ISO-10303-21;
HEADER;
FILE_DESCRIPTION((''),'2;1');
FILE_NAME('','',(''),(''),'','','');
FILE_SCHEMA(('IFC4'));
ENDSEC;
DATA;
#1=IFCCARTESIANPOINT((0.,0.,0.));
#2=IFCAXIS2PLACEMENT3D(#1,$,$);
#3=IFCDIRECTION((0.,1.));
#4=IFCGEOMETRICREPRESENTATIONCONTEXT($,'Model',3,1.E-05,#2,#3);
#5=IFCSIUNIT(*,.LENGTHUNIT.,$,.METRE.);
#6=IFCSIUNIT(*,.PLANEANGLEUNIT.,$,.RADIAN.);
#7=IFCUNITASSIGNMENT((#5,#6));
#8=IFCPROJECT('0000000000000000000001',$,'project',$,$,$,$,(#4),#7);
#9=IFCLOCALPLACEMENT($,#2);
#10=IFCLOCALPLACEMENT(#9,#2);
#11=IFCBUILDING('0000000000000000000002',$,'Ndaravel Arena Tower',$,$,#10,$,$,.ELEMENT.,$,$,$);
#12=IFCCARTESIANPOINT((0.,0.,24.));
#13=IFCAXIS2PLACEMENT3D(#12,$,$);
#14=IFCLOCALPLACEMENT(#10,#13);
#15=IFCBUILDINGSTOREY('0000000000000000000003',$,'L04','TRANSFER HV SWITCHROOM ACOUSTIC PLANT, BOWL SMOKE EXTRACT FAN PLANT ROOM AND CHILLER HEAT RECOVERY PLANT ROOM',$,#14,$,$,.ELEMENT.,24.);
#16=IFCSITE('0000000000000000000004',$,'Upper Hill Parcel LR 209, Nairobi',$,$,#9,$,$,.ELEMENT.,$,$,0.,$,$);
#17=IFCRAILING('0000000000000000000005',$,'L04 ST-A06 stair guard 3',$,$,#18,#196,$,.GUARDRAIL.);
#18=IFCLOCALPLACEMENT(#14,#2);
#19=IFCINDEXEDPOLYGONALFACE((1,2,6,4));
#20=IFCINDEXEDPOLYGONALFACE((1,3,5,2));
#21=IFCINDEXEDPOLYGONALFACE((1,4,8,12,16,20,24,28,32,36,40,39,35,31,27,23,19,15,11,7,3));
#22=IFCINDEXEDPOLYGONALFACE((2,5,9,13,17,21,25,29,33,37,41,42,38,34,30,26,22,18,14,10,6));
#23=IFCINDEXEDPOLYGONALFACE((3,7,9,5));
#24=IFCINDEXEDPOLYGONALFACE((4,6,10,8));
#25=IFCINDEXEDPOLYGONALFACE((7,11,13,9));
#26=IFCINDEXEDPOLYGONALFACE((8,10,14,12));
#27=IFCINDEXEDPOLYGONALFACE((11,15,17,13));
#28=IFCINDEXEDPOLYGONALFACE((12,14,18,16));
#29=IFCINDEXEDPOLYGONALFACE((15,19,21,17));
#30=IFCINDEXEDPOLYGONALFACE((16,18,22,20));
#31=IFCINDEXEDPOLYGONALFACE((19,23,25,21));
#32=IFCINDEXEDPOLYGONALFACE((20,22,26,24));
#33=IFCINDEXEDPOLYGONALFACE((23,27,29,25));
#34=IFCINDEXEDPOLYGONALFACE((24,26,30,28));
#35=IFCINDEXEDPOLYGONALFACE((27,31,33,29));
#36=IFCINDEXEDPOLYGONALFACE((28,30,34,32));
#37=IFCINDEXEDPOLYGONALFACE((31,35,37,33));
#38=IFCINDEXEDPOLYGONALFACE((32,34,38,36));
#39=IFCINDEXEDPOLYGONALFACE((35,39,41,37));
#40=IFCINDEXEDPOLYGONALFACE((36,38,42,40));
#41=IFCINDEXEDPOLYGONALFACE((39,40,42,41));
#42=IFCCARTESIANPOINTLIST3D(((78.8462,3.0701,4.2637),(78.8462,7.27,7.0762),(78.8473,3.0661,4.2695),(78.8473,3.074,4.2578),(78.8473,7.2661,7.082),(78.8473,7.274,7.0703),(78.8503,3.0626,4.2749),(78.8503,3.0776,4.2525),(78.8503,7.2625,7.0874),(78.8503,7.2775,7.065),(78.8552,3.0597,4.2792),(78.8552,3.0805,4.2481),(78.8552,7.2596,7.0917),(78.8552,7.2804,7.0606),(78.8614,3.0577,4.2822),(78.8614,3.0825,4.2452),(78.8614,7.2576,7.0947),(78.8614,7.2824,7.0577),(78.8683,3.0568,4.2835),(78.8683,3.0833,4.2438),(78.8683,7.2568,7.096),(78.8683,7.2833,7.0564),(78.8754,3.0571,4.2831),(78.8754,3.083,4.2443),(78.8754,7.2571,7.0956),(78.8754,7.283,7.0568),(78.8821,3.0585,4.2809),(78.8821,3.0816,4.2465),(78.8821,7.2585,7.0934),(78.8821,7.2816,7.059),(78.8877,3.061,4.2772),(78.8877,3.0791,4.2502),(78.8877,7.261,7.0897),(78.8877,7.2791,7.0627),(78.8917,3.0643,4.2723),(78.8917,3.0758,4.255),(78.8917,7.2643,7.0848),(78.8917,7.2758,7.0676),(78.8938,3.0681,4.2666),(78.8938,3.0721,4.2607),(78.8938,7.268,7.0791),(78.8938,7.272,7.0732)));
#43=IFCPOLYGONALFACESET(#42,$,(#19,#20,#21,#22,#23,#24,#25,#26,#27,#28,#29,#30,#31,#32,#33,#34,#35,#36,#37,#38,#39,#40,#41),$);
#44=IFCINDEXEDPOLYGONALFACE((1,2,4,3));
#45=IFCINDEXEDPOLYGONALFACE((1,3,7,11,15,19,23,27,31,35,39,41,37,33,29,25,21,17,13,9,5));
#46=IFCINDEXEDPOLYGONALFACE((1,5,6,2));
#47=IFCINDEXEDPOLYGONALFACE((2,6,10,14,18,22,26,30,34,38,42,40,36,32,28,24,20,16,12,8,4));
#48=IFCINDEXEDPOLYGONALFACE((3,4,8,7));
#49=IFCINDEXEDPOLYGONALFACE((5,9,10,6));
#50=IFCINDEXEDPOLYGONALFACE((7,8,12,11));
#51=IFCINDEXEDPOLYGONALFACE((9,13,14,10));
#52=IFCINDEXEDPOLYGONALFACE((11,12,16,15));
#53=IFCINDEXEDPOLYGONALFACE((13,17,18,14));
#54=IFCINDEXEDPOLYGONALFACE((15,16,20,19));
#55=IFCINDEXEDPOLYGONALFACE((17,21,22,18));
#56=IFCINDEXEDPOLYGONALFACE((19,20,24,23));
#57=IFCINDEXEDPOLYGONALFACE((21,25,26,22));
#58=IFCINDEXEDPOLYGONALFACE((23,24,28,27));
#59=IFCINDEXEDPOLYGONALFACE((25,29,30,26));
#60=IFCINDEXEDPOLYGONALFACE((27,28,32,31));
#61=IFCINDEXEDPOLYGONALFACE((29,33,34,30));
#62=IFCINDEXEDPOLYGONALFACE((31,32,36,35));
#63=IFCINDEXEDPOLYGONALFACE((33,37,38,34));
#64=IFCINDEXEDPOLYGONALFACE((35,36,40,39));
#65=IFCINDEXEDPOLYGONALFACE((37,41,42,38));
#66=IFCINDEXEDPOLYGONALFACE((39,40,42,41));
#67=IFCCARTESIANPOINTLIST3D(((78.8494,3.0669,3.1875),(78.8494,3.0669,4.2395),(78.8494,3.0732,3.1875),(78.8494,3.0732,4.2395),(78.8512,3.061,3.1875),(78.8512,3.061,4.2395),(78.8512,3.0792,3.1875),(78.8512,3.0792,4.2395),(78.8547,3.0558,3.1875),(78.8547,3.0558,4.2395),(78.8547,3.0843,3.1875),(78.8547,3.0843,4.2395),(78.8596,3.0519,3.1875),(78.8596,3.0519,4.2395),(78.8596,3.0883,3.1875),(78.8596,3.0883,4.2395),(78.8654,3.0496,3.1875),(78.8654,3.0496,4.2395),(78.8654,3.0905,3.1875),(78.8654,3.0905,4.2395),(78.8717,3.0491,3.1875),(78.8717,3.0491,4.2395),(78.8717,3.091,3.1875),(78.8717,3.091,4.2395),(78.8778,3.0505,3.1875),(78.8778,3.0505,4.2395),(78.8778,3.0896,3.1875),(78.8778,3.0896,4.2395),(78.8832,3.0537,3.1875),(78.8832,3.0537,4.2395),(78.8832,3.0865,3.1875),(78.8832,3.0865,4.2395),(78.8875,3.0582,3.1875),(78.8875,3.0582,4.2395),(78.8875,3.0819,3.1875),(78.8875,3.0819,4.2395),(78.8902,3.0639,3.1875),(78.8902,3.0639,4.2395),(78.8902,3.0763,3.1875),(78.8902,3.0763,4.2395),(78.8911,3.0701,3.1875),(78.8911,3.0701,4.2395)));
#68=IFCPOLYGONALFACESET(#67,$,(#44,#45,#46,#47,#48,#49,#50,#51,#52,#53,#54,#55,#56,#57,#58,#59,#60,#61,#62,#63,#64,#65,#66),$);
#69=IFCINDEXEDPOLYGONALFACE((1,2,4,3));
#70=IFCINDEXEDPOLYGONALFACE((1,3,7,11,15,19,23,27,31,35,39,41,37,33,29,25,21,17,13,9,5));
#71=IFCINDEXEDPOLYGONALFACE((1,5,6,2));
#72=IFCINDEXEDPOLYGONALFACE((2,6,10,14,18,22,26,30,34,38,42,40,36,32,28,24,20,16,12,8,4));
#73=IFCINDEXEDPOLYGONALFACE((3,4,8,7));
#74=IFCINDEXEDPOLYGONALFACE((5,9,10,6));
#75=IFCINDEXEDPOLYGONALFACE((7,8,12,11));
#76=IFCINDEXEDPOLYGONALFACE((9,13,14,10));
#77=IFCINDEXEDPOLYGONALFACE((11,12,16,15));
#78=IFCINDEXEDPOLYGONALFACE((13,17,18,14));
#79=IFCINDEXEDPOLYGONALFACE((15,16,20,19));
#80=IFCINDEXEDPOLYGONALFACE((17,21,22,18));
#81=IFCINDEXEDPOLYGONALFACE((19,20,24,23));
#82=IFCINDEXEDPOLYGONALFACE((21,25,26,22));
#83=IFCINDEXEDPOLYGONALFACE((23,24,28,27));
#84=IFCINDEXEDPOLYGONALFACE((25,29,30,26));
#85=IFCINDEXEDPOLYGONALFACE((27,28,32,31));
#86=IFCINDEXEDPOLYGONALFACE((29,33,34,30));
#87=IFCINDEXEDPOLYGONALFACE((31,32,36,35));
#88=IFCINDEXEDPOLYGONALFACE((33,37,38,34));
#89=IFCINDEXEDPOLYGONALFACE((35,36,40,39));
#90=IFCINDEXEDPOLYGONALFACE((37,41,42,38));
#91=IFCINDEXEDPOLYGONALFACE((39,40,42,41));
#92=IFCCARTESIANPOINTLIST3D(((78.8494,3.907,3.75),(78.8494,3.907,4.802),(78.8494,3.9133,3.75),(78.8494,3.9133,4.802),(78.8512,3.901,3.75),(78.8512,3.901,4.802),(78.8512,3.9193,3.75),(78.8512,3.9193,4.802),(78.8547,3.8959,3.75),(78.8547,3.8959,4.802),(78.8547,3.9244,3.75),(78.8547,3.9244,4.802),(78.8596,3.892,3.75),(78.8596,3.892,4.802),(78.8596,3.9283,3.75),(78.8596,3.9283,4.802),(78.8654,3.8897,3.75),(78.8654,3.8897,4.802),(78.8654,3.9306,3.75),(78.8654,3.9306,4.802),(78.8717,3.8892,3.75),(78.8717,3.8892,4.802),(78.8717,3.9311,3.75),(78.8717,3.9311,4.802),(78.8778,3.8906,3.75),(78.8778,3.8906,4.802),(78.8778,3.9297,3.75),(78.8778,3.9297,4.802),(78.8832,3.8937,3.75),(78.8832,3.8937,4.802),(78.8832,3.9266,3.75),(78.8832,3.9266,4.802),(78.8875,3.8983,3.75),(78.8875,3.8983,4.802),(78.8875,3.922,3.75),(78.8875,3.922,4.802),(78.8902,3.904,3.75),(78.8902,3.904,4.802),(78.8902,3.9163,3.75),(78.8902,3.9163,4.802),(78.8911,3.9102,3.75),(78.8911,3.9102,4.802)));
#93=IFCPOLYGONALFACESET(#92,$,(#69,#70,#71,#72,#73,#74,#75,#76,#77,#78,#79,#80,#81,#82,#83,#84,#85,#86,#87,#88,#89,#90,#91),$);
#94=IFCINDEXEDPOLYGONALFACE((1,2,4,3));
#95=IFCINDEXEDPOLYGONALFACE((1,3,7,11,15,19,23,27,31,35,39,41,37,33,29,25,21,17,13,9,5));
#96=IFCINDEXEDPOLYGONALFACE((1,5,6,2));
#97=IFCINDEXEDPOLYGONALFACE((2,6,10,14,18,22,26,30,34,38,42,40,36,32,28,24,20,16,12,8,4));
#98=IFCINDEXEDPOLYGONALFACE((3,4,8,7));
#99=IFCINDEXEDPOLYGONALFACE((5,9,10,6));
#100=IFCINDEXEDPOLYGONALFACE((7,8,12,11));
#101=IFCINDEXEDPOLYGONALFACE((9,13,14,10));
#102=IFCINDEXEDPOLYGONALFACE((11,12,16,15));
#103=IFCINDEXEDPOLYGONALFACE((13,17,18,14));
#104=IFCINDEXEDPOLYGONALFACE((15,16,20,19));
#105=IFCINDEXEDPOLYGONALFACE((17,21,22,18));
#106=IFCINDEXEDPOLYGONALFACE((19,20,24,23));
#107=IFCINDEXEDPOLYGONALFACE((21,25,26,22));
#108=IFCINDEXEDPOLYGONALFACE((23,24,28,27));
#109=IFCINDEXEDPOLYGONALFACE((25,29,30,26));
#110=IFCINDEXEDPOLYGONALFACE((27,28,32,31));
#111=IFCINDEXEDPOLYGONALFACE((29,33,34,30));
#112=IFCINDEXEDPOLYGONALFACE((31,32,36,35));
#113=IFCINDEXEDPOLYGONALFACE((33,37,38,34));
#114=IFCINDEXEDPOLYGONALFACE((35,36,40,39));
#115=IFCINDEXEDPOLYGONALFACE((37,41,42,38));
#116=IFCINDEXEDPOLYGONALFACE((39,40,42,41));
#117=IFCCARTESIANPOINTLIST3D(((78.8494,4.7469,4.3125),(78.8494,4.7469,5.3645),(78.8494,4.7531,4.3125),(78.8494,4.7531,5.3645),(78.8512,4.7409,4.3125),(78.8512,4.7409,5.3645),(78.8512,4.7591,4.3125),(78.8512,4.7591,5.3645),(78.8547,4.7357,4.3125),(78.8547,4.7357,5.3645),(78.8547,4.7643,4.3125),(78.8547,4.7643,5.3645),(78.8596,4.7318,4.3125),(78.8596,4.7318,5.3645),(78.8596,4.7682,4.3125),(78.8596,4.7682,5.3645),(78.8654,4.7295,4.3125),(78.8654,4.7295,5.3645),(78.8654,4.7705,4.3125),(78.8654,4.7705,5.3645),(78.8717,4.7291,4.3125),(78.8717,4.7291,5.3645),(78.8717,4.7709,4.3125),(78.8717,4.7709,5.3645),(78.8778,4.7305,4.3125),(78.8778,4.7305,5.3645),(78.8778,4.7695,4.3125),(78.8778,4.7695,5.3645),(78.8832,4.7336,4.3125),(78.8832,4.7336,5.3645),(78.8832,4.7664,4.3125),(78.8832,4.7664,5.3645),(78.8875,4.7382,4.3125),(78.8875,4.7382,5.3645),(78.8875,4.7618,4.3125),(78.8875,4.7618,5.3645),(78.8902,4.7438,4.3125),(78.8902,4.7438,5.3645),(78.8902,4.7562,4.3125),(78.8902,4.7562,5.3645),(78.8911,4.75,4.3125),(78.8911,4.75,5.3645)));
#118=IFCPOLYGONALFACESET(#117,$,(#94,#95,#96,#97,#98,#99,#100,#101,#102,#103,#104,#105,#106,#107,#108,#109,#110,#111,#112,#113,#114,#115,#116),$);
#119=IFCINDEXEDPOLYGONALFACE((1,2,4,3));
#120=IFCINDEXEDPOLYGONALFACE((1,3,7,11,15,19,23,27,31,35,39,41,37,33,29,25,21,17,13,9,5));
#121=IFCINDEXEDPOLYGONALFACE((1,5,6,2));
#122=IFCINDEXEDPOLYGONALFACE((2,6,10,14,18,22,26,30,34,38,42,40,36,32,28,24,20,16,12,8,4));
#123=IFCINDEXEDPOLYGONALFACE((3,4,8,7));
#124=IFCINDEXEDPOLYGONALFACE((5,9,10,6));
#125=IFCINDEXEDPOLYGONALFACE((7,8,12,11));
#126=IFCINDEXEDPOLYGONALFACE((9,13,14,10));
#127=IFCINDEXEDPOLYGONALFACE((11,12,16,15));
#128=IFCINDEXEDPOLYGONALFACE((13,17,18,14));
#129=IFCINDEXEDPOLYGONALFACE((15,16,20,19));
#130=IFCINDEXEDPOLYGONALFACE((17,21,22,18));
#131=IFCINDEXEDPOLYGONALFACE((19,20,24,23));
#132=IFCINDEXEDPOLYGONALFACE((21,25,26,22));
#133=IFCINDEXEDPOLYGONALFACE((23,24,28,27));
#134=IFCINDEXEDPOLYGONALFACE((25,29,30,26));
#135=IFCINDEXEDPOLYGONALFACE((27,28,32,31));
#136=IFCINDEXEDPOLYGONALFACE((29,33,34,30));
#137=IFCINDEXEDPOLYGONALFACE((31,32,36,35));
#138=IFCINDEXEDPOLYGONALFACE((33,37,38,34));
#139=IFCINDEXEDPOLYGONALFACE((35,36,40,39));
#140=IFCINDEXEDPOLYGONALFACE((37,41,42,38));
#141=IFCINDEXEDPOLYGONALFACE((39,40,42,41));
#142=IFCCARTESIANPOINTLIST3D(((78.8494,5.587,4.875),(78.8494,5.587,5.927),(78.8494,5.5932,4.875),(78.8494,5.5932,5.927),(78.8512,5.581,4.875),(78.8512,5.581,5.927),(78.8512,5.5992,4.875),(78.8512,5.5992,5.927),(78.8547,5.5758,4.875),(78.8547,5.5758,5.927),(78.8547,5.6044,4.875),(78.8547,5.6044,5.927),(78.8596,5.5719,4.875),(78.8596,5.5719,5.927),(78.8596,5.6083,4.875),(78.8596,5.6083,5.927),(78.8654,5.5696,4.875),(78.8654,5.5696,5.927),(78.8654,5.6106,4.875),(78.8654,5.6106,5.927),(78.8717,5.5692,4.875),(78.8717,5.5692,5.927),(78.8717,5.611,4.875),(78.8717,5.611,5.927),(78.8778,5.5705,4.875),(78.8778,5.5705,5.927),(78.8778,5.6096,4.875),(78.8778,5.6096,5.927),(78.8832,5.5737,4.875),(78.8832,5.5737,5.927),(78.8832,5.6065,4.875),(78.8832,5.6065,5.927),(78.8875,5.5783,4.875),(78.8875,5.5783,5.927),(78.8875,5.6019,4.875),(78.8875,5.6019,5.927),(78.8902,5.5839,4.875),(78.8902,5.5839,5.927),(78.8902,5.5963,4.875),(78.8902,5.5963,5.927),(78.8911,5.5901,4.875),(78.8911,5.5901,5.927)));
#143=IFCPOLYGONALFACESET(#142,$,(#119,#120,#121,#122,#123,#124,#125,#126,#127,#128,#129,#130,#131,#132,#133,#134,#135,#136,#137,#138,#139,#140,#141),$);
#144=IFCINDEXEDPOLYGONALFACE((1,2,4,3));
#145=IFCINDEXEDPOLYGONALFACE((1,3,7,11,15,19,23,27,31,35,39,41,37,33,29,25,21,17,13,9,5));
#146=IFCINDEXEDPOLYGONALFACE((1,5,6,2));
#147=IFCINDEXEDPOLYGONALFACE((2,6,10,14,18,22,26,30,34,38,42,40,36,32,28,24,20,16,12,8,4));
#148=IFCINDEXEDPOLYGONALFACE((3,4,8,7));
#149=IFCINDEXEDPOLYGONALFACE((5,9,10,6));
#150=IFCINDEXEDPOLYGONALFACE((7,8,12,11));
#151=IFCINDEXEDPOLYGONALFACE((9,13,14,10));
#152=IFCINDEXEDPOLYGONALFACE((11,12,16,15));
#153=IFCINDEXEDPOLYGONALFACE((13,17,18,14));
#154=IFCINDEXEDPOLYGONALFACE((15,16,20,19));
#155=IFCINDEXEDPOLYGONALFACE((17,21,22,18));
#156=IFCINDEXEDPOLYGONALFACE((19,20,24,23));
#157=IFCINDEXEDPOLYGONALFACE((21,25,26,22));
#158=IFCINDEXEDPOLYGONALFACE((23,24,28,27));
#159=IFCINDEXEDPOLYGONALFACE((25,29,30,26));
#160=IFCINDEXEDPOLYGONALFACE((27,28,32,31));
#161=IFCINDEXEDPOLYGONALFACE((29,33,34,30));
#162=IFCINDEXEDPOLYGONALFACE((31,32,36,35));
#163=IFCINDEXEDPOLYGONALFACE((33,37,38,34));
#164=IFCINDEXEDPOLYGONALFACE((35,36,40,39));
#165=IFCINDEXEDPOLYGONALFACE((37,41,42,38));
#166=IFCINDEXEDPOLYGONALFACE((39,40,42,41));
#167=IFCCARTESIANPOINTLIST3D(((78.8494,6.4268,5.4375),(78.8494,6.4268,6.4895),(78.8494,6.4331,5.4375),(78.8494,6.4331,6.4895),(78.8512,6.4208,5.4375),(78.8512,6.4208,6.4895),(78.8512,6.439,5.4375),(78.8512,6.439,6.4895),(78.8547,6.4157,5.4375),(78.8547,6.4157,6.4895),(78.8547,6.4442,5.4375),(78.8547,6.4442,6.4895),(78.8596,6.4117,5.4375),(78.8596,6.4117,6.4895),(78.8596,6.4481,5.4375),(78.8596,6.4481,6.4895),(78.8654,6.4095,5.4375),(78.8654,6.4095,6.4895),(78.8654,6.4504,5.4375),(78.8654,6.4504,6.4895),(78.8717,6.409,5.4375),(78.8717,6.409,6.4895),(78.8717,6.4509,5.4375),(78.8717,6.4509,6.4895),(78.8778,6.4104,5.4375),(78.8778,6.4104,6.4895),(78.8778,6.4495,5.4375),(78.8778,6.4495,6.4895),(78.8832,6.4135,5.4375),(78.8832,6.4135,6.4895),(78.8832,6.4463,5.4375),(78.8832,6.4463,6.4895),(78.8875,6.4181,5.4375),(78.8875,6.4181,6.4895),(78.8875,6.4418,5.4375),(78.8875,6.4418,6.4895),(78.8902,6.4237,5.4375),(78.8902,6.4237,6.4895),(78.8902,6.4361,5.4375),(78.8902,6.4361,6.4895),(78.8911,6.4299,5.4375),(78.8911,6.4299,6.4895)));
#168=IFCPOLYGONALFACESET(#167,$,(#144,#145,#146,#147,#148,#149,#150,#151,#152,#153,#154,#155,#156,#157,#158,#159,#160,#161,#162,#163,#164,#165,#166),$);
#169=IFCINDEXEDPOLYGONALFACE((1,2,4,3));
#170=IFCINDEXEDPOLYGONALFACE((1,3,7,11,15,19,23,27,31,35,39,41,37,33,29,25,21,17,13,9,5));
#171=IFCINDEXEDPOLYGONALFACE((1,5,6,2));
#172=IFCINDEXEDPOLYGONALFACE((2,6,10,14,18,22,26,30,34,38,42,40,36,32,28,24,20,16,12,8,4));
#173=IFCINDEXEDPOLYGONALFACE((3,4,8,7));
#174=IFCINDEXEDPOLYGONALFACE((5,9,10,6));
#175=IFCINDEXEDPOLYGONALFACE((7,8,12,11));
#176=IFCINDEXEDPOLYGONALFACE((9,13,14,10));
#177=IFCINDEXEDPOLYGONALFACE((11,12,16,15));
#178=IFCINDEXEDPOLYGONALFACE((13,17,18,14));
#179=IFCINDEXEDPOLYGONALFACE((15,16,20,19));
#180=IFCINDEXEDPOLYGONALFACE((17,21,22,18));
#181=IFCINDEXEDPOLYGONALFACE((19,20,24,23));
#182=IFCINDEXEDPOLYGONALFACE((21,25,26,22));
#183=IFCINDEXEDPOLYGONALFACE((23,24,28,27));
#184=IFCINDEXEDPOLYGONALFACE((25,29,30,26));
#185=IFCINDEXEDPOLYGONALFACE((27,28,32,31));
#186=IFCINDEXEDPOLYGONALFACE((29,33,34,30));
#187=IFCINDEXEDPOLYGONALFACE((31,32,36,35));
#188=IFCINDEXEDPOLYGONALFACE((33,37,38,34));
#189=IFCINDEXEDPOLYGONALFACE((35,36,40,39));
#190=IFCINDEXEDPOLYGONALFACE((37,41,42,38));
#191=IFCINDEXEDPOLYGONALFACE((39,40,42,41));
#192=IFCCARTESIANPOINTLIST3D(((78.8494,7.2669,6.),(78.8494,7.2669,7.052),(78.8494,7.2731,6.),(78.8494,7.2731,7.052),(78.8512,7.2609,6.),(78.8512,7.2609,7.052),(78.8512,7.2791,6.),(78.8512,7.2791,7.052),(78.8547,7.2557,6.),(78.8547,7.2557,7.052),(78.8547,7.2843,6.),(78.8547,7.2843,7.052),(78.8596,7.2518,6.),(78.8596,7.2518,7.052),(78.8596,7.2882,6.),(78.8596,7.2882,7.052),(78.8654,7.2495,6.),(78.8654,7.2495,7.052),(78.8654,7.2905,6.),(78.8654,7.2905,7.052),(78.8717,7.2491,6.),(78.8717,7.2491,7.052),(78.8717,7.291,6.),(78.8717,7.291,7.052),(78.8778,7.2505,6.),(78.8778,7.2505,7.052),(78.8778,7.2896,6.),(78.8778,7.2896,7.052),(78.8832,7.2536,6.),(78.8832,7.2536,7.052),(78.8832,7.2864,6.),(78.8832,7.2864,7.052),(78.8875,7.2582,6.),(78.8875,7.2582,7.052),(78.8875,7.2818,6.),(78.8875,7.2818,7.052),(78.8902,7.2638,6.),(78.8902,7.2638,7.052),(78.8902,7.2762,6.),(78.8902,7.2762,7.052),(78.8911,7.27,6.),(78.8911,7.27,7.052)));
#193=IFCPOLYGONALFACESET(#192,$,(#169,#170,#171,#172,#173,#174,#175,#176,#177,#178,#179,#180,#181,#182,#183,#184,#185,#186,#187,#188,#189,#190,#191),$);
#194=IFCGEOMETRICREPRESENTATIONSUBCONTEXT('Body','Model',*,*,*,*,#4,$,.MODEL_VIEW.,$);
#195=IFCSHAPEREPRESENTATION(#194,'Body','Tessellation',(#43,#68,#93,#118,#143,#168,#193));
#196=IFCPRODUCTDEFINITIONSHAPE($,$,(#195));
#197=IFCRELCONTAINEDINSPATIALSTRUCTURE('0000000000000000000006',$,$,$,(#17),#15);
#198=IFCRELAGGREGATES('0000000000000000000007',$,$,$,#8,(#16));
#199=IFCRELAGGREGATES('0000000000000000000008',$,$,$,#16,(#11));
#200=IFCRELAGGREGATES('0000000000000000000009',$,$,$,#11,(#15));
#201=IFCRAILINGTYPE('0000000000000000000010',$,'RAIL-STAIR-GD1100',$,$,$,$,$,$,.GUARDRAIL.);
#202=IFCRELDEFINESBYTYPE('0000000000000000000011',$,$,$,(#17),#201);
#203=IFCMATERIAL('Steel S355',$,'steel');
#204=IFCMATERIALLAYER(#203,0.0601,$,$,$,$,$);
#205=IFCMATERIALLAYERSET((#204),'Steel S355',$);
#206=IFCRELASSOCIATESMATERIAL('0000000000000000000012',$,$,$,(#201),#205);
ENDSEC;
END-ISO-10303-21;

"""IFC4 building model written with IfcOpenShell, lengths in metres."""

from ifc_helpers import new_model, si_unit, direction, frame, origin, origin_2d, place, context, subcontext, project, spatial, circle, extrude, material, layer, layer_set, type_object, element, save


model = new_model("IFC4")

# Units and contexts
model_context = context("Model", 3, precision=1e-05, world=origin(), true_north=direction((0.0, 1.0)))
body_context = subcontext(model_context, "Body", "Model", "MODEL_VIEW")
ifc_project = project(units=[si_unit("LENGTHUNIT", "METRE"), si_unit("PLANEANGLEUNIT", "RADIAN")], contexts=[model_context])

# Site, building, storey
site_placement = place(None, origin())
site = spatial("IfcSite", under=ifc_project, at=site_placement, Name="Upper Hill Parcel LR 209, Nairobi", CompositionType="ELEMENT", RefElevation=0.0)
building_placement = place(site_placement, origin())
building = spatial("IfcBuilding", under=site, at=building_placement, Name="Ndaravel Arena Tower", CompositionType="ELEMENT")
storey_placement = place(building_placement, frame((0.0, 0.0, 24.0)))
storey = spatial("IfcBuildingStorey", under=building, at=storey_placement, Name="L04", Description="TRANSFER HV SWITCHROOM ACOUSTIC PLANT, BOWL SMOKE EXTRACT FAN PLANT ROOM AND CHILLER HEAT RECOVERY PLANT ROOM", CompositionType="ELEMENT", Elevation=24.0)

# Railing
ifc_material_1 = material(Name="Steel S355", Category="steel")
ifc_layer_1 = layer(ifc_material_1, 0.0601)
ifc_layer_set_1 = layer_set([ifc_layer_1], Name="Steel S355")
railing_type_1 = type_object("IfcRailingType", Name="RAIL-STAIR-GD1100", PredefinedType="GUARDRAIL", material=ifc_layer_set_1)
railing_1_placement = place(storey_placement, frame((78.8701, 3.0701, 3.1875)))
element("IfcRailing", 1, at=railing_1_placement, inside=storey, type_object=railing_type_1, Name="L04 ST-A06 stair guard 3", PredefinedType="GUARDRAIL", context=body_context, shape_type="SweptSolid", body=[
    extrude(circle(Radius=0.0239, at=origin_2d()), frame((0.0, 0.0, 1.0762), z_axis=(0.0, 0.830904, 0.556416), x_axis=(-1.0, 0.0, 0.0)), (0.0, 0.0, 1.0), 5.0547),
    extrude(circle(Radius=0.021, at=origin_2d()), origin(), (0.0, 0.0, 1.0), 1.052),
    extrude(circle(Radius=0.021, at=origin_2d()), frame((0.0, 0.8401, 0.5625)), (0.0, 0.0, 1.0), 1.052),
    extrude(circle(Radius=0.021, at=origin_2d()), frame((0.0, 1.6799, 1.125)), (0.0, 0.0, 1.0), 1.052),
    extrude(circle(Radius=0.021, at=origin_2d()), frame((0.0, 2.52, 1.6875)), (0.0, 0.0, 1.0), 1.052),
    extrude(circle(Radius=0.021, at=origin_2d()), frame((0.0, 3.3599, 2.25)), (0.0, 0.0, 1.0), 1.052),
    extrude(circle(Radius=0.021, at=origin_2d()), frame((0.0, 4.2, 2.8125)), (0.0, 0.0, 1.0), 1.052),
])

save(model, "model.ifc")
